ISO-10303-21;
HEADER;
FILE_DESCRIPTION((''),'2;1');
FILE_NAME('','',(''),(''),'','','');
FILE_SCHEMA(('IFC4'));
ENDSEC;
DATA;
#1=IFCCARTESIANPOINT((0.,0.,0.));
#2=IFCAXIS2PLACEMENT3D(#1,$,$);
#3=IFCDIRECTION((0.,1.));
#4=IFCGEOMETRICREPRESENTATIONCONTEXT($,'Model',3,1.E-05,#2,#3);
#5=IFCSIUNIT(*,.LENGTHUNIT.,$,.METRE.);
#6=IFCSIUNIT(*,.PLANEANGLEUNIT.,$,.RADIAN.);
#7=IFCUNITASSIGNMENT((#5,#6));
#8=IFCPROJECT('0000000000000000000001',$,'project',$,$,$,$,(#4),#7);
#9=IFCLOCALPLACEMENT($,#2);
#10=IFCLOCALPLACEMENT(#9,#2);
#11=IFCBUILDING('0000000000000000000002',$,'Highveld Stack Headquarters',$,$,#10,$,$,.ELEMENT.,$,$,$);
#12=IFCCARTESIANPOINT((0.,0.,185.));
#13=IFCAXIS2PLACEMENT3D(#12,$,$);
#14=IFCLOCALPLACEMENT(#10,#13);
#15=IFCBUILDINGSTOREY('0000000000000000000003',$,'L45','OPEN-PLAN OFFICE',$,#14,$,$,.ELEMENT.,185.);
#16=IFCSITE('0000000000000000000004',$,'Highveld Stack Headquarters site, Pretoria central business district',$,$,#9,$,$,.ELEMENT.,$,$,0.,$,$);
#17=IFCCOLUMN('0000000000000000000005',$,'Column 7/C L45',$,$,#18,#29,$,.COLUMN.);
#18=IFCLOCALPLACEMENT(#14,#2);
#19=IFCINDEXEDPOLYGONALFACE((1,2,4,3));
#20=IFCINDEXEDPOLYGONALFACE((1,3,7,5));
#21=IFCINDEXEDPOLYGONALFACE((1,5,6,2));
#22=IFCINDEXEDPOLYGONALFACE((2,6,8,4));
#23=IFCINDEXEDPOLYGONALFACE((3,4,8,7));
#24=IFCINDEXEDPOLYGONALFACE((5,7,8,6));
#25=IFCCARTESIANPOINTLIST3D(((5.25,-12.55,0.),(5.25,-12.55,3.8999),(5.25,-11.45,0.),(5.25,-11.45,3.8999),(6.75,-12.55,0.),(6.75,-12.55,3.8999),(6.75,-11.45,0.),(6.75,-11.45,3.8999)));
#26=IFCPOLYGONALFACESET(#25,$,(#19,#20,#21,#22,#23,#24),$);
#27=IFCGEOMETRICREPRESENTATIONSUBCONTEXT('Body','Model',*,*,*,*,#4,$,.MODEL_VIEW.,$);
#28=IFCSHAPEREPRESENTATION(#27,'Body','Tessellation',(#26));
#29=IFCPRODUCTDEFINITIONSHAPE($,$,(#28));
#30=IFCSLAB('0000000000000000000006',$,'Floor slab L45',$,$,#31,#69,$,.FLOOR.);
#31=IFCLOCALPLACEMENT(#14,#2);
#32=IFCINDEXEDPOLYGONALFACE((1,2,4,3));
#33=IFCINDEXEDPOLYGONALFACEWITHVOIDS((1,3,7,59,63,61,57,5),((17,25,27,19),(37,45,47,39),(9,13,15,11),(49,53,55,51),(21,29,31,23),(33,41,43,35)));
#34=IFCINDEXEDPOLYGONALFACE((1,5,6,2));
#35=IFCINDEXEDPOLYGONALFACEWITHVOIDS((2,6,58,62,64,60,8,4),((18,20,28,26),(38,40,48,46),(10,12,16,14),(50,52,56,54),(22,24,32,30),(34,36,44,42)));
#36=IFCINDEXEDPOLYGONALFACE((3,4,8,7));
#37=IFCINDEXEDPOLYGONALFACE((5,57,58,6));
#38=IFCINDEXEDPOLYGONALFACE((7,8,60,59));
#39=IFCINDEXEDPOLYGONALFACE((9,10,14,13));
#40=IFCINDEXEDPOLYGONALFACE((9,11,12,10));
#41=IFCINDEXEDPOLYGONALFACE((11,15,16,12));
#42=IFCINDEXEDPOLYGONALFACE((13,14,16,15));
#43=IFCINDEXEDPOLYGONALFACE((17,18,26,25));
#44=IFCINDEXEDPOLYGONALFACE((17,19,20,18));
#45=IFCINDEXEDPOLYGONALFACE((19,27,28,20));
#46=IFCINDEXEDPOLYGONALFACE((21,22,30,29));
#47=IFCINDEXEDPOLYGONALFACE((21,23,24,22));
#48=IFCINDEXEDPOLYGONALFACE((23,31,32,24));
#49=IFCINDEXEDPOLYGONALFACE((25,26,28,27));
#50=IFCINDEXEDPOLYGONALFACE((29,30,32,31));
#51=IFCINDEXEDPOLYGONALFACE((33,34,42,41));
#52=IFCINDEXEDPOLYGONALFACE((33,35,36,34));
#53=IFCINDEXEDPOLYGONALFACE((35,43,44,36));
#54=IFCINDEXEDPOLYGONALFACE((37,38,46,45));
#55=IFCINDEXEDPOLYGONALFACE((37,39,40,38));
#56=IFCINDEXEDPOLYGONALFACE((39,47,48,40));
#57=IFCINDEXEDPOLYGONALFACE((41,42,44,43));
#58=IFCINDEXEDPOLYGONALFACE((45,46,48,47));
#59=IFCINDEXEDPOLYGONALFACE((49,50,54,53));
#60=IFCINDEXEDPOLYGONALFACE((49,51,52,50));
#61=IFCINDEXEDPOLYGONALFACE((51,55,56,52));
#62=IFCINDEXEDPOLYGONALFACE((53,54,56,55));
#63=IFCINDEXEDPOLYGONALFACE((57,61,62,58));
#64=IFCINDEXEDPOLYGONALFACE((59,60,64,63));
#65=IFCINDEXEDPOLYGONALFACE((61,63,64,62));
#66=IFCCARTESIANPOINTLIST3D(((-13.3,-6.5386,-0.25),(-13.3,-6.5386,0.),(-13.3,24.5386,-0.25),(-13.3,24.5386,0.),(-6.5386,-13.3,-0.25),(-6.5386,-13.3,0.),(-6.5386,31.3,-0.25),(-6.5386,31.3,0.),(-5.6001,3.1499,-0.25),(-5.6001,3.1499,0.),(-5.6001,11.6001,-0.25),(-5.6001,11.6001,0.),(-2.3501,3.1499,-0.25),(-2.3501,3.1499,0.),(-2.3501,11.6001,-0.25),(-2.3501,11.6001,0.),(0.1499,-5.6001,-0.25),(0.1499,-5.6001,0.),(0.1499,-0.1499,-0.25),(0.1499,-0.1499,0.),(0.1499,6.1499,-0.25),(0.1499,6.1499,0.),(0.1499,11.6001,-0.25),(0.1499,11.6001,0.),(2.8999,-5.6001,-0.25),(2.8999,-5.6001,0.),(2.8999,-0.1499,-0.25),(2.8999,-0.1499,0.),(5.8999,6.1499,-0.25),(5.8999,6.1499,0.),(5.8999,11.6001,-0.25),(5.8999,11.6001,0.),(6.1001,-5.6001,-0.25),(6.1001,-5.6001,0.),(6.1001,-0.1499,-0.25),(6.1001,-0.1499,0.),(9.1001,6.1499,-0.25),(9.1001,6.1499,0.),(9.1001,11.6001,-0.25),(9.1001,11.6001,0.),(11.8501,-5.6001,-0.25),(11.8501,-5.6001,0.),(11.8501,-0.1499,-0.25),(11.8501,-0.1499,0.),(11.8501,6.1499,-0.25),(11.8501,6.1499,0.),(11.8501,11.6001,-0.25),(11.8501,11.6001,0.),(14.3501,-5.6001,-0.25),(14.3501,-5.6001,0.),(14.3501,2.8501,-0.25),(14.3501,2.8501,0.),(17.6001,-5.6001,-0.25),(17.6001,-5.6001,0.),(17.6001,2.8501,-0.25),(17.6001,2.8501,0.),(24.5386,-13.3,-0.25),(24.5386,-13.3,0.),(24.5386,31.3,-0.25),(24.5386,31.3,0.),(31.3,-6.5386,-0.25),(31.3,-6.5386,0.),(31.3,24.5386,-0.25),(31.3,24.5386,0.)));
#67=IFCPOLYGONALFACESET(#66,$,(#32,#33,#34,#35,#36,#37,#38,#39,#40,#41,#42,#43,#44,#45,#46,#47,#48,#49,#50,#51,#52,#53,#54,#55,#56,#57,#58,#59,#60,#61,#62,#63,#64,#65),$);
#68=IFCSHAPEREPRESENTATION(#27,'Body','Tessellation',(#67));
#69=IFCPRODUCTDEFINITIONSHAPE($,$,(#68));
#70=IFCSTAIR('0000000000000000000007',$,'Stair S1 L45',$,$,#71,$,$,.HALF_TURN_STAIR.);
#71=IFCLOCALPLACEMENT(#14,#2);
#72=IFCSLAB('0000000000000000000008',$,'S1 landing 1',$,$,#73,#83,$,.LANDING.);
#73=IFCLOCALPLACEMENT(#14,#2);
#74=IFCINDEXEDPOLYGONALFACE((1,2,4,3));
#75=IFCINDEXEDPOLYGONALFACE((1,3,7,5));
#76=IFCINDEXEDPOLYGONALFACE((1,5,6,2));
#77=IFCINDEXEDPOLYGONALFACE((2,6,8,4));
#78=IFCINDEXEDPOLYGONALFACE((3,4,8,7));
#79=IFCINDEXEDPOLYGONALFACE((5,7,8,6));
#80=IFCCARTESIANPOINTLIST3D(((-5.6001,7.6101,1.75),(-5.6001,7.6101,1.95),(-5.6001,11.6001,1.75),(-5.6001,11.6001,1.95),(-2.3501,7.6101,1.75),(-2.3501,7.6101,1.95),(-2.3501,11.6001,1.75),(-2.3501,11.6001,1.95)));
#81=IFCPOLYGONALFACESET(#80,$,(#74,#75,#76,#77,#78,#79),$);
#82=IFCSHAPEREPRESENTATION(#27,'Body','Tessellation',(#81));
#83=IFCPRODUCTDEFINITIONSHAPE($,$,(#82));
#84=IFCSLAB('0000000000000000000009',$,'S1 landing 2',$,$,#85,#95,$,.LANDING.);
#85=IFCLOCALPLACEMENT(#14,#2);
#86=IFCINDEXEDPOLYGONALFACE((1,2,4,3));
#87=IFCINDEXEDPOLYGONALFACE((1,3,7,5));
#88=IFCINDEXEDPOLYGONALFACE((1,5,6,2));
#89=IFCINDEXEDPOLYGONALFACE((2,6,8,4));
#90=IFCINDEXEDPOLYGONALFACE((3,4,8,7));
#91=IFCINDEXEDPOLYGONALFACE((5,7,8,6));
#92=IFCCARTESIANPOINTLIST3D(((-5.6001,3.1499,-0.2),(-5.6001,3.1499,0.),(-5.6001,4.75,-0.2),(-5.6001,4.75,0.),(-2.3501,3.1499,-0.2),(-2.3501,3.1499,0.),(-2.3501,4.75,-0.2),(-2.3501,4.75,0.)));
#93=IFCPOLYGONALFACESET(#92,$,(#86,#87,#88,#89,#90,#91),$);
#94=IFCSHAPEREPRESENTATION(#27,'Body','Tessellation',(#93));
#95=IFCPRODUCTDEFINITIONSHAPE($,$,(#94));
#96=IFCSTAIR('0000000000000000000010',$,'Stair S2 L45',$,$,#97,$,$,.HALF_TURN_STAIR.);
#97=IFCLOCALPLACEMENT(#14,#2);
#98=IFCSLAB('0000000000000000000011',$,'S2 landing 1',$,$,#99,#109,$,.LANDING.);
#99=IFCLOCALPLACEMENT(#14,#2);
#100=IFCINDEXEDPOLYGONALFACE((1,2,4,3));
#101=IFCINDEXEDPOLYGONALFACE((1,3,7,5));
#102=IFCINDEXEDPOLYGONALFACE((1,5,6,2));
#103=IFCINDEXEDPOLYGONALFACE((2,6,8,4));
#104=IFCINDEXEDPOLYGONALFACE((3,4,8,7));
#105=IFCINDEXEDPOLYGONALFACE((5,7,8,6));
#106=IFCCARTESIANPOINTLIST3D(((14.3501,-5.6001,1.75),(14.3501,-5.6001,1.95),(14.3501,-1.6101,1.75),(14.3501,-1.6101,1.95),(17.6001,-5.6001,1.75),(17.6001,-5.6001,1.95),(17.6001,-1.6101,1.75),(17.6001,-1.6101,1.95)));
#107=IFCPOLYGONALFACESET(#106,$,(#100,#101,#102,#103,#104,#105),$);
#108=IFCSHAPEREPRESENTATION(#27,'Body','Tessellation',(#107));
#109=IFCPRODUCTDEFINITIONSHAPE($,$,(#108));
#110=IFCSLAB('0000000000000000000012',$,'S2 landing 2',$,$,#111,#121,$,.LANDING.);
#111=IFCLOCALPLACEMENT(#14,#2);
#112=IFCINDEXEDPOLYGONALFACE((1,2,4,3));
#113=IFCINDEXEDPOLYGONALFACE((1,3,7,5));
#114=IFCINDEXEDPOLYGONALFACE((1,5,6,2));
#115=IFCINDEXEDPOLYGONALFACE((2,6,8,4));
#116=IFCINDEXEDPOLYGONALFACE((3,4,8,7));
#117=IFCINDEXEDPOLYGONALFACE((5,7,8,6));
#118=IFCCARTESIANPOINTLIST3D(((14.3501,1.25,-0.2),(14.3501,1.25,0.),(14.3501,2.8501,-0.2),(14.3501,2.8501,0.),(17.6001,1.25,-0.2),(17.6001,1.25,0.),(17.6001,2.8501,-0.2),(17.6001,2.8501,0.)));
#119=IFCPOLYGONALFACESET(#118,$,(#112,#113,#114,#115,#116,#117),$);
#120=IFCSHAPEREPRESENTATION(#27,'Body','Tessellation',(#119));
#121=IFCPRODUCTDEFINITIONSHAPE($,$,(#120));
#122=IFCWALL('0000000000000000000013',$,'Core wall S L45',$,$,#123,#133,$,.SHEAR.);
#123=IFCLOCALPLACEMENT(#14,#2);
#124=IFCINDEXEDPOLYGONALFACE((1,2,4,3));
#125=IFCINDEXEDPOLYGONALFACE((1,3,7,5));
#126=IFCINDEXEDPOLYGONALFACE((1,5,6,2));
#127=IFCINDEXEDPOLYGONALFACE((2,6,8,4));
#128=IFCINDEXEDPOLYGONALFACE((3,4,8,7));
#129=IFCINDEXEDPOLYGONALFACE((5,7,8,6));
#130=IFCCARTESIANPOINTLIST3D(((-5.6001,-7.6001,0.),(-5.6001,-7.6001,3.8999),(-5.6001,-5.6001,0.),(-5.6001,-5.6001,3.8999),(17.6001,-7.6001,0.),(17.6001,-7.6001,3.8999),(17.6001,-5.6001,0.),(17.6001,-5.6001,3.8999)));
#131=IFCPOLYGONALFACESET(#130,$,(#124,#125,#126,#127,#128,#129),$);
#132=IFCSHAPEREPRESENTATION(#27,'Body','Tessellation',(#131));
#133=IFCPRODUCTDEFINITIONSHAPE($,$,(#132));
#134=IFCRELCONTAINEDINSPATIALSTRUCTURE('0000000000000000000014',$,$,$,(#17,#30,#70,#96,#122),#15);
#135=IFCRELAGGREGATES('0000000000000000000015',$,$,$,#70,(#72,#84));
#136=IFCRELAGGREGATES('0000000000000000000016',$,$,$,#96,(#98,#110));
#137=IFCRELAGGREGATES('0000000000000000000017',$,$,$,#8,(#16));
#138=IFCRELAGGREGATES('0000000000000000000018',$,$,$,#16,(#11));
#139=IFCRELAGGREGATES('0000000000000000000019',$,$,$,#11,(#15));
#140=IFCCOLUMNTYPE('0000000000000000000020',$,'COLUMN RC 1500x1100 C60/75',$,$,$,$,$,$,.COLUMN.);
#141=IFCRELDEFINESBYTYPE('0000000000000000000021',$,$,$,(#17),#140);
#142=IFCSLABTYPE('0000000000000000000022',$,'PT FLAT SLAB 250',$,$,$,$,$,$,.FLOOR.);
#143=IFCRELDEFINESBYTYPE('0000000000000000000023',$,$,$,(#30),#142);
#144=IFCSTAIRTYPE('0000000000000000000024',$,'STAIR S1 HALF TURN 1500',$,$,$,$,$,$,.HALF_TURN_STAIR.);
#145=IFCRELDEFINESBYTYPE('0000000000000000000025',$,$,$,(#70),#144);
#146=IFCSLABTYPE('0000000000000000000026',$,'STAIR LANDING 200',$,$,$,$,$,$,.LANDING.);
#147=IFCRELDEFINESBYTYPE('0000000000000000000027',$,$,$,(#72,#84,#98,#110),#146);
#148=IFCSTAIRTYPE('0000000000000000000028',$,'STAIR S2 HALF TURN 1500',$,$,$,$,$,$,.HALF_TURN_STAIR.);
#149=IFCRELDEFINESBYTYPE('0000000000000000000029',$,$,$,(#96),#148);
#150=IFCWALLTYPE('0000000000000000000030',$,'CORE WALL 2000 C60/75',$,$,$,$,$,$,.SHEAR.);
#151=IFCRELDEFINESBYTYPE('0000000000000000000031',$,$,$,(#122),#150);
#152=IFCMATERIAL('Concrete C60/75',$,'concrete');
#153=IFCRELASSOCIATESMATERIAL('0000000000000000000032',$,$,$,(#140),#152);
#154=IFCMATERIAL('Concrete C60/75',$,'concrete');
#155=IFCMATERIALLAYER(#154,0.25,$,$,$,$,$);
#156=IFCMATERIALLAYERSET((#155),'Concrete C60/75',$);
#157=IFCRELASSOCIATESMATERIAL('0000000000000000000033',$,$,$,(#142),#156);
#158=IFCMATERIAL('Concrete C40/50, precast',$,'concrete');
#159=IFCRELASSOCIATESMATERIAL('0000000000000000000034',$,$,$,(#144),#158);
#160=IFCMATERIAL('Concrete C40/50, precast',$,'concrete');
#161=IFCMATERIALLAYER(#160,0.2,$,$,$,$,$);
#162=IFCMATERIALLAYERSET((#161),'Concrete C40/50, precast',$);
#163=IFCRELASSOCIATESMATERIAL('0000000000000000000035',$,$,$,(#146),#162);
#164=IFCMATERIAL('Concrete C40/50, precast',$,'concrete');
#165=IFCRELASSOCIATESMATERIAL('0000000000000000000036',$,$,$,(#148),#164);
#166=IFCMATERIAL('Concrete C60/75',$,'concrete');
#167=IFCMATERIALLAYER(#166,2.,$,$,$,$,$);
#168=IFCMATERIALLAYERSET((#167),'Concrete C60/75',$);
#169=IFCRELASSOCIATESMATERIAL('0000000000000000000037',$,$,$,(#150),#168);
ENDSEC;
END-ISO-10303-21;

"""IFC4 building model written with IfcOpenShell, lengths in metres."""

from ifc_helpers import new_model, si_unit, direction, frame, frame_2d, origin, origin_2d, place, context, subcontext, project, spatial, polyline, rectangle, outline, extrude, material, layer, layer_set, material_profile, profile_set, type_object, element, aggregate, save


model = new_model("IFC4")

# Units and contexts
model_context = context("Model", 3, precision=1e-05, world=origin(), true_north=direction((0.0, 1.0)))
body_context = subcontext(model_context, "Body", "Model", "MODEL_VIEW")
ifc_project = project(units=[si_unit("LENGTHUNIT", "METRE"), si_unit("PLANEANGLEUNIT", "RADIAN")], contexts=[model_context])

# Site, building, storey
site_placement = place(None, origin())
site = spatial("IfcSite", under=ifc_project, at=site_placement, Name="Highveld Stack Headquarters site, Pretoria central business district", CompositionType="ELEMENT", RefElevation=0.0)
building_placement = place(site_placement, origin())
building = spatial("IfcBuilding", under=site, at=building_placement, Name="Highveld Stack Headquarters", CompositionType="ELEMENT")
storey_placement = place(building_placement, frame((0.0, 0.0, 185.0)))
storey = spatial("IfcBuildingStorey", under=building, at=storey_placement, Name="L45", Description="OPEN-PLAN OFFICE", CompositionType="ELEMENT", Elevation=185.0)

# Column
ifc_material_1 = material(Name="Concrete C60/75", Category="concrete")
ifc_material_profile = material_profile(ifc_material_1, rectangle(XDim=1.5, YDim=1.1001, at=origin_2d()), Name="RC 1500x1100")
ifc_profile_set = profile_set([ifc_material_profile], Name="Concrete C60/75")
column_type = type_object("IfcColumnType", Name="COLUMN RC 1500x1100 C60/75", PredefinedType="COLUMN", material=ifc_profile_set)
column_placement = place(storey_placement, frame((6.0, -12.0, 0.0), z_axis=(0.0, 0.0, 1.0), x_axis=(1.0, 0.0, 0.0)))
element("IfcColumn", 1, at=column_placement, inside=storey, type_object=column_type, Name="Column 7/C L45", PredefinedType="COLUMN", context=body_context, shape_type="SweptSolid", body=[
    extrude(rectangle(XDim=1.5, YDim=1.1001, at=origin_2d()), origin(), (0.0, 0.0, 1.0), 3.8999),
])

# Slab
ifc_material_2 = material(Name="Concrete C60/75", Category="concrete")
ifc_layer_1 = layer(ifc_material_2, 0.25)
ifc_layer_set_1 = layer_set([ifc_layer_1], Name="Concrete C60/75")
slab_type_1 = type_object("IfcSlabType", Name="PT FLAT SLAB 250", PredefinedType="FLOOR", material=ifc_layer_set_1)
slab_1_placement = place(storey_placement, frame((0.0, 0.0, -0.25)))
element("IfcSlab", 2, at=slab_1_placement, inside=storey, type_object=slab_type_1, Name="Floor slab L45", PredefinedType="FLOOR", context=body_context, shape_type="SweptSolid", body=[
    extrude(outline(polyline([(-6.5386, -13.3), (24.5386, -13.3), (31.3, -6.5386), (31.3, 24.5386), (24.5386, 31.3), (-6.5386, 31.3), (-13.3, 24.5386), (-13.3, -6.5386), (-6.5386, -13.3)]), holes=[polyline([(0.1499, 6.1499), (5.8999, 6.1499), (5.8999, 11.6001), (0.1499, 11.6001), (0.1499, 6.1499)]), polyline([(9.1001, 6.1499), (11.8501, 6.1499), (11.8501, 11.6001), (9.1001, 11.6001), (9.1001, 6.1499)]), polyline([(6.1001, -5.6001), (11.8501, -5.6001), (11.8501, -0.1499), (6.1001, -0.1499), (6.1001, -5.6001)]), polyline([(0.1499, -5.6001), (2.8999, -5.6001), (2.8999, -0.1499), (0.1499, -0.1499), (0.1499, -5.6001)]), polyline([(-5.6001, 3.1499), (-2.3501, 3.1499), (-2.3501, 11.6001), (-5.6001, 11.6001), (-5.6001, 3.1499)]), polyline([(14.3501, -5.6001), (17.6001, -5.6001), (17.6001, 2.8501), (14.3501, 2.8501), (14.3501, -5.6001)])]), origin(), (0.0, 0.0, 1.0), 0.25),
])

# Stairs, slabs
ifc_material_3 = material(Name="Concrete C40/50, precast", Category="concrete")
stair_type_1 = type_object("IfcStairType", Name="STAIR S1 HALF TURN 1500", PredefinedType="HALF_TURN_STAIR", material=ifc_material_3)
stair_1_placement = place(storey_placement, origin())
stair_1 = element("IfcStair", 3, at=stair_1_placement, inside=storey, type_object=stair_type_1, Name="Stair S1 L45", PredefinedType="HALF_TURN_STAIR")
ifc_material_4 = material(Name="Concrete C40/50, precast", Category="concrete")
ifc_layer_2 = layer(ifc_material_4, 0.2)
ifc_layer_set_2 = layer_set([ifc_layer_2], Name="Concrete C40/50, precast")
slab_type_2 = type_object("IfcSlabType", Name="STAIR LANDING 200", PredefinedType="LANDING", material=ifc_layer_set_2)
slab_2_placement = place(storey_placement, frame((0.0, 0.0, 1.75)))
slab_2 = element("IfcSlab", 4, at=slab_2_placement, type_object=slab_type_2, Name="S1 landing 1", PredefinedType="LANDING", context=body_context, shape_type="SweptSolid", body=[
    extrude(outline(polyline([(-5.6001, 7.6101), (-2.3501, 7.6101), (-2.3501, 11.6001), (-5.6001, 11.6001), (-5.6001, 7.6101)])), origin(), (0.0, 0.0, 1.0), 0.2),
])
slab_3_placement = place(storey_placement, frame((0.0, 0.0, -0.2)))
slab_3 = element("IfcSlab", 5, at=slab_3_placement, type_object=slab_type_2, Name="S1 landing 2", PredefinedType="LANDING", context=body_context, shape_type="SweptSolid", body=[
    extrude(outline(polyline([(-5.6001, 3.1499), (-2.3501, 3.1499), (-2.3501, 4.75), (-5.6001, 4.75), (-5.6001, 3.1499)])), origin(), (0.0, 0.0, 1.0), 0.2),
])
aggregate(stair_1, [slab_2, slab_3])
ifc_material_5 = material(Name="Concrete C40/50, precast", Category="concrete")
stair_type_2 = type_object("IfcStairType", Name="STAIR S2 HALF TURN 1500", PredefinedType="HALF_TURN_STAIR", material=ifc_material_5)
stair_2_placement = place(storey_placement, origin())
stair_2 = element("IfcStair", 6, at=stair_2_placement, inside=storey, type_object=stair_type_2, Name="Stair S2 L45", PredefinedType="HALF_TURN_STAIR")
slab_4_placement = place(storey_placement, frame((0.0, 0.0, 1.75)))
slab_4 = element("IfcSlab", 7, at=slab_4_placement, type_object=slab_type_2, Name="S2 landing 1", PredefinedType="LANDING", context=body_context, shape_type="SweptSolid", body=[
    extrude(outline(polyline([(14.3501, -5.6001), (17.6001, -5.6001), (17.6001, -1.6101), (14.3501, -1.6101), (14.3501, -5.6001)])), origin(), (0.0, 0.0, 1.0), 0.2),
])
slab_5_placement = place(storey_placement, frame((0.0, 0.0, -0.2)))
slab_5 = element("IfcSlab", 8, at=slab_5_placement, type_object=slab_type_2, Name="S2 landing 2", PredefinedType="LANDING", context=body_context, shape_type="SweptSolid", body=[
    extrude(outline(polyline([(14.3501, 1.25), (17.6001, 1.25), (17.6001, 2.8501), (14.3501, 2.8501), (14.3501, 1.25)])), origin(), (0.0, 0.0, 1.0), 0.2),
])
aggregate(stair_2, [slab_4, slab_5])

# Wall
ifc_material_6 = material(Name="Concrete C60/75", Category="concrete")
ifc_layer_3 = layer(ifc_material_6, 2.0)
ifc_layer_set_3 = layer_set([ifc_layer_3], Name="Concrete C60/75")
wall_type_1 = type_object("IfcWallType", Name="CORE WALL 2000 C60/75", PredefinedType="SHEAR", material=ifc_layer_set_3)
wall_1_placement = place(storey_placement, frame((-5.6001, -6.6001, 0.0), z_axis=(0.0, 0.0, 1.0), x_axis=(1.0, 0.0, 0.0)))
element("IfcWall", 9, at=wall_1_placement, inside=storey, type_object=wall_type_1, Name="Core wall S L45", PredefinedType="SHEAR", context=body_context, shape_type="SweptSolid", body=[
    extrude(rectangle(XDim=23.2002, YDim=2.0, at=frame_2d((11.6001, 0.0))), origin(), (0.0, 0.0, 1.0), 3.8999),
])

save(model, "model.ifc")
